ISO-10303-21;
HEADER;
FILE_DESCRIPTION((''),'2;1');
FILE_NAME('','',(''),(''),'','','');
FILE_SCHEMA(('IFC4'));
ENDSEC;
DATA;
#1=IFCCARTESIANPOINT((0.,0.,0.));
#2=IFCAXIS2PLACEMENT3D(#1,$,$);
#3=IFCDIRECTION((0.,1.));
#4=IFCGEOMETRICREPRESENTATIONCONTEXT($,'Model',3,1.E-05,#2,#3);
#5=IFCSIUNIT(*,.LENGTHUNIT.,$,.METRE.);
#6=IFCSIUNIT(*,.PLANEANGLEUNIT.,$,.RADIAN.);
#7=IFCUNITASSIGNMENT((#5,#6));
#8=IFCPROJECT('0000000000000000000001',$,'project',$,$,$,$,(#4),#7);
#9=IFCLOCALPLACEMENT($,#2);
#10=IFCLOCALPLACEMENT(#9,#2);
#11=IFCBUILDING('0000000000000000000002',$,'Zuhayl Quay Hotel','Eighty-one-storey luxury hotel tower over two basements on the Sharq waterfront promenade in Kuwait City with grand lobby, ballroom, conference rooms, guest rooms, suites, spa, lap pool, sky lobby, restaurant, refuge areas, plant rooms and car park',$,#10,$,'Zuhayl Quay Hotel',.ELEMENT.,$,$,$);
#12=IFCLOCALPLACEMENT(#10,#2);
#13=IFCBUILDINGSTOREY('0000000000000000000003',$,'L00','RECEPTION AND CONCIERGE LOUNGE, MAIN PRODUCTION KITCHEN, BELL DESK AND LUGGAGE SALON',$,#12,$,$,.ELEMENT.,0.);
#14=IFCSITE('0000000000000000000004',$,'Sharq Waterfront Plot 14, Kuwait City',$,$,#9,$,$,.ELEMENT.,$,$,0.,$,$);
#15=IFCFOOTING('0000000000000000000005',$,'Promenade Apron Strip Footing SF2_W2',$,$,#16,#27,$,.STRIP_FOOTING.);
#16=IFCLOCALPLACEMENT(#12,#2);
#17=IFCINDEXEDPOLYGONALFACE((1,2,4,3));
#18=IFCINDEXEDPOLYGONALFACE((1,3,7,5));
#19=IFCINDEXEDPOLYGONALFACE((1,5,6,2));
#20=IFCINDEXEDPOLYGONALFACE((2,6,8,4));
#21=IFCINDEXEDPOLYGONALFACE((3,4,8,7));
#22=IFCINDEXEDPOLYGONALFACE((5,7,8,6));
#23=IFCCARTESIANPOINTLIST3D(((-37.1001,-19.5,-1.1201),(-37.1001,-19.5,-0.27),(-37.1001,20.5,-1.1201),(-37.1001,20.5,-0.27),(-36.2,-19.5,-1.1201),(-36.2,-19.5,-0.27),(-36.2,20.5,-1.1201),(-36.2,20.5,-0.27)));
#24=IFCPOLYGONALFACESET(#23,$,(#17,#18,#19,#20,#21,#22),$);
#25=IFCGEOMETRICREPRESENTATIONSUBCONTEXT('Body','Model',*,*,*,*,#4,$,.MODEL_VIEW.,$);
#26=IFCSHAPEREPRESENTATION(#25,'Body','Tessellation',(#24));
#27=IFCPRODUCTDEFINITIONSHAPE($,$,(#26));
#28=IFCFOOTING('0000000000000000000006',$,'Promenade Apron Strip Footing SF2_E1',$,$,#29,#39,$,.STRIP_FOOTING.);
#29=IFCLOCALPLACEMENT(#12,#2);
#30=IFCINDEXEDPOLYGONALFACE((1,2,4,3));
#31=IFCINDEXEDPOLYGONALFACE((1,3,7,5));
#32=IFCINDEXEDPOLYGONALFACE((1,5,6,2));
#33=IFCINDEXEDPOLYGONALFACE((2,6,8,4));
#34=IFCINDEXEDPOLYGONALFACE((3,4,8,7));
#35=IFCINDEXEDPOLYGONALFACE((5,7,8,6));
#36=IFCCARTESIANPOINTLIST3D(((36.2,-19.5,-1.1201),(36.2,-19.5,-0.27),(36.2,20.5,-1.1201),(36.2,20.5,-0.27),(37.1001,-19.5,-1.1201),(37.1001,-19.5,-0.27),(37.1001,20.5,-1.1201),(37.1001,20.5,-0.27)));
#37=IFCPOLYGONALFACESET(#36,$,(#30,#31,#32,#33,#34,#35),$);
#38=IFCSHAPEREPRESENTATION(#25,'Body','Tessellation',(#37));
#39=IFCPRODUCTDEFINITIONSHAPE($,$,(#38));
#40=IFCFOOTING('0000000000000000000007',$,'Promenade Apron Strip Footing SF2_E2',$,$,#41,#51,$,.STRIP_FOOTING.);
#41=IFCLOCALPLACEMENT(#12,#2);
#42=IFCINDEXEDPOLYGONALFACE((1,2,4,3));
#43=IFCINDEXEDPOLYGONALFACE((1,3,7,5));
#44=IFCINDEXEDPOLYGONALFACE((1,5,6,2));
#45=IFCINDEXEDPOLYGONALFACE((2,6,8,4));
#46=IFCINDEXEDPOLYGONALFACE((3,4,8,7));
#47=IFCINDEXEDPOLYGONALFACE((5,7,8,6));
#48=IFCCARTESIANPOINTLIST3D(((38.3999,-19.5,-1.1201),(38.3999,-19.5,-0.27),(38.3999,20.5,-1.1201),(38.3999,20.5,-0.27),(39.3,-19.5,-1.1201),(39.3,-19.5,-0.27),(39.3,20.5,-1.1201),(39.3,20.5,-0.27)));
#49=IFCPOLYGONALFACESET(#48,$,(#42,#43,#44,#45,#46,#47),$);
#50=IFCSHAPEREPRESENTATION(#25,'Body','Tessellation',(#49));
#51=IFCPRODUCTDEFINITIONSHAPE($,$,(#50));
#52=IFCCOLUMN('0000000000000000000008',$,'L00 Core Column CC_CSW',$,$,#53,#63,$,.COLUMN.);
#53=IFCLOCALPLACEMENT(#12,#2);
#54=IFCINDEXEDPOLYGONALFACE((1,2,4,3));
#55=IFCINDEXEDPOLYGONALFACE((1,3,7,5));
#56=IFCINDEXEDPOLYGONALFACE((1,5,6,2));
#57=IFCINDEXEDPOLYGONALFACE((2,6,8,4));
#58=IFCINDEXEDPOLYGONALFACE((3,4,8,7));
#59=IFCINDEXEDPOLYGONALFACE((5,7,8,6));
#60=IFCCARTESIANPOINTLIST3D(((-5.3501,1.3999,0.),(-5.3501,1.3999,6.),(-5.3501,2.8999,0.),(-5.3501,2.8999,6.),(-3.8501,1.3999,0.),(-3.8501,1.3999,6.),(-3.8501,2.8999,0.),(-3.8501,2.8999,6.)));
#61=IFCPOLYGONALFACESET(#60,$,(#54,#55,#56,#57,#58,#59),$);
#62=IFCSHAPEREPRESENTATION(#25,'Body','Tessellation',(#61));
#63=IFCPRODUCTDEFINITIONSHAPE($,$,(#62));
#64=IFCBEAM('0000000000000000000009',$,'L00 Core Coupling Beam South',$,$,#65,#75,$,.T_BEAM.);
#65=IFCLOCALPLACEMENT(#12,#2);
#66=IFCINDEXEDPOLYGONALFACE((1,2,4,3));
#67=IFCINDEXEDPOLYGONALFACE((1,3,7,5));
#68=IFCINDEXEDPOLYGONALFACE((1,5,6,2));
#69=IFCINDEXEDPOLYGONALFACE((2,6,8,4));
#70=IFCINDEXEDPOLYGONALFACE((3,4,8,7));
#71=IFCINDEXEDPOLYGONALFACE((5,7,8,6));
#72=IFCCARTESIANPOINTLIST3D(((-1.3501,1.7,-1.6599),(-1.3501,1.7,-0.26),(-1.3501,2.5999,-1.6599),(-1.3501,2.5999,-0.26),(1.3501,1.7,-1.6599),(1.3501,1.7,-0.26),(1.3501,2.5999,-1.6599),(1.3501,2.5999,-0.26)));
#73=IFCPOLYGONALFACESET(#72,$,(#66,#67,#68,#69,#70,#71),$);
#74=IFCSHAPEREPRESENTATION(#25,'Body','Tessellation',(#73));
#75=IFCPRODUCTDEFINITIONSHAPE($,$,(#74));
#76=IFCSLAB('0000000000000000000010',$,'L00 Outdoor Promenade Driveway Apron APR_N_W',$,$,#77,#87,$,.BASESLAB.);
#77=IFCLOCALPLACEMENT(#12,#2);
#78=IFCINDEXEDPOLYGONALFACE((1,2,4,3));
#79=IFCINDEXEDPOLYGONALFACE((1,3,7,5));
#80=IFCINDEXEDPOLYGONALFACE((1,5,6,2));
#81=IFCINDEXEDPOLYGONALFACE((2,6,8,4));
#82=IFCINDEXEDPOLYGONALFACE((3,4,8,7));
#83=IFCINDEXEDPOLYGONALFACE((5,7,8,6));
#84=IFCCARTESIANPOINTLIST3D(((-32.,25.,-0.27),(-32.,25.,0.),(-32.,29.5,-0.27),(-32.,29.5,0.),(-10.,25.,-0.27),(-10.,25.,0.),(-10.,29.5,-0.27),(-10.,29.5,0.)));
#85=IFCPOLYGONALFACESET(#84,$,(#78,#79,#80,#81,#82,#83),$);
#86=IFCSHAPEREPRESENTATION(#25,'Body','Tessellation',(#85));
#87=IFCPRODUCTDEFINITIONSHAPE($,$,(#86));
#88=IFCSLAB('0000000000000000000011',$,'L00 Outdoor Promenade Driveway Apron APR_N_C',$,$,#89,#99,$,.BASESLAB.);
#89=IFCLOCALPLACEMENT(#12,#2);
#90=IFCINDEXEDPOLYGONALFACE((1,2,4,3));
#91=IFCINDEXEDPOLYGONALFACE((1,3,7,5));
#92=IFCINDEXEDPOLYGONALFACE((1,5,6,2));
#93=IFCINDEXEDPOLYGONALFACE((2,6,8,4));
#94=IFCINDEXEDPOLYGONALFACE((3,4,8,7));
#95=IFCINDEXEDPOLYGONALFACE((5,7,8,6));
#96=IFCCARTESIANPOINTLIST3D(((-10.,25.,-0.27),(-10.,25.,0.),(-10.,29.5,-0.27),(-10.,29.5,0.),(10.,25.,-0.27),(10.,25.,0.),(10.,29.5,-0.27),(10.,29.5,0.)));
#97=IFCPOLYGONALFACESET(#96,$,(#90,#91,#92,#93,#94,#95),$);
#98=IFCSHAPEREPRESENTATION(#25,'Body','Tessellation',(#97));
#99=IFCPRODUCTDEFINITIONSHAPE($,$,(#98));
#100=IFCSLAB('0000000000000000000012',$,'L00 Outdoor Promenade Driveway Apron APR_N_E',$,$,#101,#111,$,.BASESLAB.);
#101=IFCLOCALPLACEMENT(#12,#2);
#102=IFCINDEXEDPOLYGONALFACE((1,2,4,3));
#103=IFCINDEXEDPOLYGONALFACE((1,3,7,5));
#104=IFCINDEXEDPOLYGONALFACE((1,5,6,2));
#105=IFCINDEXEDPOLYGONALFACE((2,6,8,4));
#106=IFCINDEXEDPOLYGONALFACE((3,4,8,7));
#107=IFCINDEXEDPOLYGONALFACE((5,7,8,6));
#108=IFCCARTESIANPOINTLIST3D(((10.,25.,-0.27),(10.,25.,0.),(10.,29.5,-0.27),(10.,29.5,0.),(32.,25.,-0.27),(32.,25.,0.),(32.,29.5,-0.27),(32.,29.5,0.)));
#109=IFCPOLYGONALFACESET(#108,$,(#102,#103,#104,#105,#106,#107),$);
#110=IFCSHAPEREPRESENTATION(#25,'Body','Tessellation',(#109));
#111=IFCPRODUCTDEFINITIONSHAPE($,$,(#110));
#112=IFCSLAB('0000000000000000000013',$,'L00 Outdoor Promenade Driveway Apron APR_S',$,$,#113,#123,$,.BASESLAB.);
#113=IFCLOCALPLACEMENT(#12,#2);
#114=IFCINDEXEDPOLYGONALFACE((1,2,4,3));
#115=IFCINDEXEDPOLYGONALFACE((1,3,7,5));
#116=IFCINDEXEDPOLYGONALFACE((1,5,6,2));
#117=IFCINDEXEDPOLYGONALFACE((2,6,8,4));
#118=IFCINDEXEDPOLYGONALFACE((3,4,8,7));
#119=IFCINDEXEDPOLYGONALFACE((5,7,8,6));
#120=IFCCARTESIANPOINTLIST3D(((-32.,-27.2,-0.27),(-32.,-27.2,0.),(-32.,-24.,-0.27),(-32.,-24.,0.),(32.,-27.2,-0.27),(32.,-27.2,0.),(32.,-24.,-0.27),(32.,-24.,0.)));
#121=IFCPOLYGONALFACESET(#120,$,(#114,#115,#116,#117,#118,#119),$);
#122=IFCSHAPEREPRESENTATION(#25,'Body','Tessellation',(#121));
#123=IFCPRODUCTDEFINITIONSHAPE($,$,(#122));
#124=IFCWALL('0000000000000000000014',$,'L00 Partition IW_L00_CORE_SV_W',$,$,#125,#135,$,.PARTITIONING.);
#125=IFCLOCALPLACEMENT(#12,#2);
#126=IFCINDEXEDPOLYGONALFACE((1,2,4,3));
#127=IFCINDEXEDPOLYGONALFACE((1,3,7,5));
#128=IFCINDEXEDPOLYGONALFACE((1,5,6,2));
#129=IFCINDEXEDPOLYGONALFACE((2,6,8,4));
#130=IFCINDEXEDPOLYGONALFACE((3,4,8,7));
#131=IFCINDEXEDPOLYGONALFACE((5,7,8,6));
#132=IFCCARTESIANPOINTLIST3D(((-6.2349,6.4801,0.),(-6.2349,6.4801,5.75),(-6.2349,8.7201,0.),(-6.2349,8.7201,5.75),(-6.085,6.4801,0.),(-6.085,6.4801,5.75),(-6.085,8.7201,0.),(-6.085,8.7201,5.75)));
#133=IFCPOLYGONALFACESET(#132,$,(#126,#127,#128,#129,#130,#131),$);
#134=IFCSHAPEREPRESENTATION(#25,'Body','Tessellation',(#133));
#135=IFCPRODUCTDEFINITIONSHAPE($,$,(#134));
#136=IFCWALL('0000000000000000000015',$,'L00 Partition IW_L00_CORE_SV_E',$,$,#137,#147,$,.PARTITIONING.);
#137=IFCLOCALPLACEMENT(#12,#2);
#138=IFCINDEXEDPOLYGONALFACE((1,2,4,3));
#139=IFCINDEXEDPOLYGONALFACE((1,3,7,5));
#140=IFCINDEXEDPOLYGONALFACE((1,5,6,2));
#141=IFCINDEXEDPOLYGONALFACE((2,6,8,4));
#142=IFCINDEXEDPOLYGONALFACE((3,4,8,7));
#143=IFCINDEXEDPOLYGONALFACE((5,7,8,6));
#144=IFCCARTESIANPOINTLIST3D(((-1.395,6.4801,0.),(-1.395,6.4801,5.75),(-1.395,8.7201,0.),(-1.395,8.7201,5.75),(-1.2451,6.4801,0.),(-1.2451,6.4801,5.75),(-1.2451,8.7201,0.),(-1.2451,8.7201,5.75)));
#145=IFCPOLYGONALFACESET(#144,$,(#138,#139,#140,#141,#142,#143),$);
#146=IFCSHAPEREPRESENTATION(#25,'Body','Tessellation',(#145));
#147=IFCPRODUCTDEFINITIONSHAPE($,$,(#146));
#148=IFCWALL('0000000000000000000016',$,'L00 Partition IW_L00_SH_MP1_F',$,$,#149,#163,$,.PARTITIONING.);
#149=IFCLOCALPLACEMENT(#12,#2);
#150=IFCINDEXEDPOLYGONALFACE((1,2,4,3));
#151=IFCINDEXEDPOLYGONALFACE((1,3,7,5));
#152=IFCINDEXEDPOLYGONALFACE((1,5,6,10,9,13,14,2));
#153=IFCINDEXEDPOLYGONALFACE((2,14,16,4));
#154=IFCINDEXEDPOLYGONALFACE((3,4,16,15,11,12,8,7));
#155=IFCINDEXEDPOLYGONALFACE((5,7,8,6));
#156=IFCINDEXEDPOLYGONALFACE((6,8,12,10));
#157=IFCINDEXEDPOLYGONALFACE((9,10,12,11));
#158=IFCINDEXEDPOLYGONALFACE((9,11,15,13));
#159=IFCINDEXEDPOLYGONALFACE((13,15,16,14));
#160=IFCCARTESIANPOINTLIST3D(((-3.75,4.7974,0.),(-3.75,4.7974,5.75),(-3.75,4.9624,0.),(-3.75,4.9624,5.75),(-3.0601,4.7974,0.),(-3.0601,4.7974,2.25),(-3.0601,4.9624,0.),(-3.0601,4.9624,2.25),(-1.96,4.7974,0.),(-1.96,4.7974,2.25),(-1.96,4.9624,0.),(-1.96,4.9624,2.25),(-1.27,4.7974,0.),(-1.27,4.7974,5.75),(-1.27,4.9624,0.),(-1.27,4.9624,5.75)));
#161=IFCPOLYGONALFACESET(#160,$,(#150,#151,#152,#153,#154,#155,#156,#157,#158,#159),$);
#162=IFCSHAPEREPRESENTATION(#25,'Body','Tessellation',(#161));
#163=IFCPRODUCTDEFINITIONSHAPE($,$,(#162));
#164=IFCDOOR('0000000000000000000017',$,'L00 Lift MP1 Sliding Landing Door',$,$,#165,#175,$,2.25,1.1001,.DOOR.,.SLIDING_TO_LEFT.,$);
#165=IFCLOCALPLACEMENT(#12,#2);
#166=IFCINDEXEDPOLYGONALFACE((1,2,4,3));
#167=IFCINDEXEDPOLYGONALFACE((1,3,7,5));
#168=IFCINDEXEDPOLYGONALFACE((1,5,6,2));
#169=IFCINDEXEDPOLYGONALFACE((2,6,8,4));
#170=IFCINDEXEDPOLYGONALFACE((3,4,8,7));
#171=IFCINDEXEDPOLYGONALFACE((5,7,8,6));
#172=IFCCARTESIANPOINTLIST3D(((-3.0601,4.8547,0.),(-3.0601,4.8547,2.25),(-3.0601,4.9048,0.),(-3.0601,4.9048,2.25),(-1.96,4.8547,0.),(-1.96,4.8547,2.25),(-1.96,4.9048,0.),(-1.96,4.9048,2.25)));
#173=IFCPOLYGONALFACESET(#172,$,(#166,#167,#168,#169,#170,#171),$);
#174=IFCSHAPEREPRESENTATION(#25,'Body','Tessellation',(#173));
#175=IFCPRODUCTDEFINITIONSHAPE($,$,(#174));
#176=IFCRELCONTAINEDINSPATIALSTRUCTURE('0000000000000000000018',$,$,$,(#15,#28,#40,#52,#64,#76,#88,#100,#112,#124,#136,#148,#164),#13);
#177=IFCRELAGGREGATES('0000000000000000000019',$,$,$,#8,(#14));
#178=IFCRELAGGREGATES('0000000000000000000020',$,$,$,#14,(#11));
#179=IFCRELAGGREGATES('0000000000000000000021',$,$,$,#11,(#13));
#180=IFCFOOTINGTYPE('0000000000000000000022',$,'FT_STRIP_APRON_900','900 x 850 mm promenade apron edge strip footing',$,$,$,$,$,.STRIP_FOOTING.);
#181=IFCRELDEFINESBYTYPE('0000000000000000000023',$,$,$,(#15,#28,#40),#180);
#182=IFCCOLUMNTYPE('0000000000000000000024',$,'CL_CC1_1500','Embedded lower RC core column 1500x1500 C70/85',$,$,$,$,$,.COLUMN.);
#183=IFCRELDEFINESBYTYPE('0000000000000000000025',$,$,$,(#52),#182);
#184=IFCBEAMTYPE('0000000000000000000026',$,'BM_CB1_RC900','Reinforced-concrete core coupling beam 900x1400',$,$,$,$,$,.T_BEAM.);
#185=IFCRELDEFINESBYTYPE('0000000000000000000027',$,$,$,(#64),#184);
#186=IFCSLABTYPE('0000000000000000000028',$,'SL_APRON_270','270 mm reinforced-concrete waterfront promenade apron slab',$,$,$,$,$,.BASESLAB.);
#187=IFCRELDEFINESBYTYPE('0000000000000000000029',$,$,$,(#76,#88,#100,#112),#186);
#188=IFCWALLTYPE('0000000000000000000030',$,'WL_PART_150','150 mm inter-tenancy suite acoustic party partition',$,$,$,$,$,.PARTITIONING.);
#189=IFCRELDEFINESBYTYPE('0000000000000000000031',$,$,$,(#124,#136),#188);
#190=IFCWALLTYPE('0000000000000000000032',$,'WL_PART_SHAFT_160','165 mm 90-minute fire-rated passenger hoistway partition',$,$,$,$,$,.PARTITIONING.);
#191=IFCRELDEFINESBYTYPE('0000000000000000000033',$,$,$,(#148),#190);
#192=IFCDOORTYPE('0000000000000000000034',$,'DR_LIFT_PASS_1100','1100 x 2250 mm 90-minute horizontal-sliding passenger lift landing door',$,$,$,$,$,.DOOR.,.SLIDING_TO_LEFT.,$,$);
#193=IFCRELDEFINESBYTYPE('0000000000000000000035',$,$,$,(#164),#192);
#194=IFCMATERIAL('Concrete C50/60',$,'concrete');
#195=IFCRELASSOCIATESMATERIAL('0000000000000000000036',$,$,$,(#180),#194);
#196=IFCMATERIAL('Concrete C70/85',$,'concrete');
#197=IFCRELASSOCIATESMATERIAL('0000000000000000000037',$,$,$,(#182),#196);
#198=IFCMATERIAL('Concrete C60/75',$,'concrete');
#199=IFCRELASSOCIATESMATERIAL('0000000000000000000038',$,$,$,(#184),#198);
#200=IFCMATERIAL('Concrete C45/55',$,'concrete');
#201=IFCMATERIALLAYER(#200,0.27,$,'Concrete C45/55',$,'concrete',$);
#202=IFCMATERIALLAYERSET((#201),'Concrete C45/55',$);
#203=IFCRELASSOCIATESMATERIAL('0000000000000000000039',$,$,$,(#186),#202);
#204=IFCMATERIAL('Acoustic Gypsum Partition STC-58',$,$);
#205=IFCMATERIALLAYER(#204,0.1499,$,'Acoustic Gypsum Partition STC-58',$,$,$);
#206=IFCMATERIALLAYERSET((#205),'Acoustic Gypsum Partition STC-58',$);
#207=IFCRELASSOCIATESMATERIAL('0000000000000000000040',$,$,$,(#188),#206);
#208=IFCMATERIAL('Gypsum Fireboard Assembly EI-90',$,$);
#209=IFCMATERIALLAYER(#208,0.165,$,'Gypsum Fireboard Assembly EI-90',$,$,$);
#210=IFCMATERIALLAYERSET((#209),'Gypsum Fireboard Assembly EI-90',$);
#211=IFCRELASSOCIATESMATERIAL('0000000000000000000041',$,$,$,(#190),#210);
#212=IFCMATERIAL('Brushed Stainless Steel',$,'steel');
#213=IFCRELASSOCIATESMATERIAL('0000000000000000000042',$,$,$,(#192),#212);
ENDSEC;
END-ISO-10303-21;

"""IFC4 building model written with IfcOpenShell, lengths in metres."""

from ifc_helpers import new_model, si_unit, direction, frame, frame_2d, origin, origin_2d, place, context, subcontext, project, spatial, polyline, rectangle, outline, extrude, material, layer, layer_set, material_profile, profile_set, type_object, element, fill, save


model = new_model("IFC4")

# Units and contexts
model_context = context("Model", 3, precision=1e-05, world=origin(), true_north=direction((0.0, 1.0)))
body_context = subcontext(model_context, "Body", "Model", "MODEL_VIEW")
ifc_project = project(units=[si_unit("LENGTHUNIT", "METRE"), si_unit("PLANEANGLEUNIT", "RADIAN")], contexts=[model_context])

# Site, building, storey
site_placement = place(None, origin())
site = spatial("IfcSite", under=ifc_project, at=site_placement, Name="Sharq Waterfront Plot 14, Kuwait City", CompositionType="ELEMENT", RefElevation=0.0)
building_placement = place(site_placement, origin())
building = spatial("IfcBuilding", under=site, at=building_placement, Name="Zuhayl Quay Hotel", Description="Eighty-one-storey luxury hotel tower over two basements on the Sharq waterfront promenade in Kuwait City with grand lobby, ballroom, conference rooms, guest rooms, suites, spa, lap pool, sky lobby, restaurant, refuge areas, plant rooms and car park", LongName="Zuhayl Quay Hotel", CompositionType="ELEMENT")
storey_placement = place(building_placement, origin())
storey = spatial("IfcBuildingStorey", under=building, at=storey_placement, Name="L00", Description="RECEPTION AND CONCIERGE LOUNGE, MAIN PRODUCTION KITCHEN, BELL DESK AND LUGGAGE SALON", CompositionType="ELEMENT", Elevation=0.0)

# Footings
ifc_material_1 = material(Name="Concrete C50/60", Category="concrete")
footing_type = type_object("IfcFootingType", Name="FT_STRIP_APRON_900", Description="900 x 850 mm promenade apron edge strip footing", PredefinedType="STRIP_FOOTING", material=ifc_material_1)
footing_1_placement = place(storey_placement, frame((0.0, 0.0, -1.1201)))
element("IfcFooting", 1, at=footing_1_placement, inside=storey, type_object=footing_type, Name="Promenade Apron Strip Footing SF2_W2", PredefinedType="STRIP_FOOTING", context=body_context, shape_type="SweptSolid", body=[
    extrude(outline(polyline([(-37.1001, -19.5), (-36.2, -19.5), (-36.2, 20.5), (-37.1001, 20.5), (-37.1001, -19.5)])), origin(), (0.0, 0.0, 1.0), 0.8501),
])
footing_2_placement = place(storey_placement, frame((0.0, 0.0, -1.1201)))
element("IfcFooting", 2, at=footing_2_placement, inside=storey, type_object=footing_type, Name="Promenade Apron Strip Footing SF2_E1", PredefinedType="STRIP_FOOTING", context=body_context, shape_type="SweptSolid", body=[
    extrude(outline(polyline([(36.2, -19.5), (37.1001, -19.5), (37.1001, 20.5), (36.2, 20.5), (36.2, -19.5)])), origin(), (0.0, 0.0, 1.0), 0.8501),
])
footing_3_placement = place(storey_placement, frame((0.0, 0.0, -1.1201)))
element("IfcFooting", 3, at=footing_3_placement, inside=storey, type_object=footing_type, Name="Promenade Apron Strip Footing SF2_E2", PredefinedType="STRIP_FOOTING", context=body_context, shape_type="SweptSolid", body=[
    extrude(outline(polyline([(38.3999, -19.5), (39.3, -19.5), (39.3, 20.5), (38.3999, 20.5), (38.3999, -19.5)])), origin(), (0.0, 0.0, 1.0), 0.8501),
])

# Column
ifc_material_2 = material(Name="Concrete C70/85", Category="concrete")
ifc_material_profile_1 = material_profile(ifc_material_2, rectangle(XDim=1.5, YDim=1.5, at=origin_2d()), Name="RC1500X1500")
ifc_profile_set_1 = profile_set([ifc_material_profile_1], Name="Concrete C70/85")
column_type = type_object("IfcColumnType", Name="CL_CC1_1500", Description="Embedded lower RC core column 1500x1500 C70/85", PredefinedType="COLUMN", material=ifc_profile_set_1)
column_placement = place(storey_placement, frame((-4.6001, 2.1499, 0.0), z_axis=(0.0, 0.0, 1.0), x_axis=(1.0, 0.0, 0.0)))
element("IfcColumn", 4, at=column_placement, inside=storey, type_object=column_type, Name="L00 Core Column CC_CSW", PredefinedType="COLUMN", context=body_context, shape_type="SweptSolid", body=[
    extrude(rectangle(XDim=1.5, YDim=1.5, at=origin_2d()), origin(), (0.0, 0.0, 1.0), 6.0),
])

# Beam
ifc_material_3 = material(Name="Concrete C60/75", Category="concrete")
ifc_material_profile_2 = material_profile(ifc_material_3, rectangle(XDim=0.8999, YDim=1.3999, at=origin_2d()), Name="RC900X1400")
ifc_profile_set_2 = profile_set([ifc_material_profile_2], Name="Concrete C60/75")
beam_type = type_object("IfcBeamType", Name="BM_CB1_RC900", Description="Reinforced-concrete core coupling beam 900x1400", PredefinedType="T_BEAM", material=ifc_profile_set_2)
beam_placement = place(storey_placement, frame((-1.3501, 2.1499, -0.96), z_axis=(1.0, 0.0, 0.0), x_axis=(0.0, 1.0, 0.0)))
element("IfcBeam", 5, at=beam_placement, inside=storey, type_object=beam_type, Name="L00 Core Coupling Beam South", PredefinedType="T_BEAM", context=body_context, shape_type="SweptSolid", body=[
    extrude(rectangle(XDim=0.8999, YDim=1.3999, at=origin_2d()), origin(), (0.0, 0.0, 1.0), 2.7002),
])

# Slabs
ifc_material_4 = material(Name="Concrete C45/55", Category="concrete")
ifc_layer_1 = layer(ifc_material_4, 0.27, Name="Concrete C45/55", Category="concrete")
ifc_layer_set_1 = layer_set([ifc_layer_1], Name="Concrete C45/55")
slab_type = type_object("IfcSlabType", Name="SL_APRON_270", Description="270 mm reinforced-concrete waterfront promenade apron slab", PredefinedType="BASESLAB", material=ifc_layer_set_1)
slab_1_placement = place(storey_placement, frame((0.0, 0.0, -0.27)))
element("IfcSlab", 6, at=slab_1_placement, inside=storey, type_object=slab_type, Name="L00 Outdoor Promenade Driveway Apron APR_N_W", PredefinedType="BASESLAB", context=body_context, shape_type="SweptSolid", body=[
    extrude(outline(polyline([(-32.0, 25.0), (-10.0, 25.0), (-10.0, 29.5), (-32.0, 29.5), (-32.0, 25.0)])), origin(), (0.0, 0.0, 1.0), 0.27),
])
slab_2_placement = place(storey_placement, frame((0.0, 0.0, -0.27)))
element("IfcSlab", 7, at=slab_2_placement, inside=storey, type_object=slab_type, Name="L00 Outdoor Promenade Driveway Apron APR_N_C", PredefinedType="BASESLAB", context=body_context, shape_type="SweptSolid", body=[
    extrude(outline(polyline([(-10.0, 25.0), (10.0, 25.0), (10.0, 29.5), (-10.0, 29.5), (-10.0, 25.0)])), origin(), (0.0, 0.0, 1.0), 0.27),
])
slab_3_placement = place(storey_placement, frame((0.0, 0.0, -0.27)))
element("IfcSlab", 8, at=slab_3_placement, inside=storey, type_object=slab_type, Name="L00 Outdoor Promenade Driveway Apron APR_N_E", PredefinedType="BASESLAB", context=body_context, shape_type="SweptSolid", body=[
    extrude(outline(polyline([(10.0, 25.0), (32.0, 25.0), (32.0, 29.5), (10.0, 29.5), (10.0, 25.0)])), origin(), (0.0, 0.0, 1.0), 0.27),
])
slab_4_placement = place(storey_placement, frame((0.0, 0.0, -0.27)))
element("IfcSlab", 9, at=slab_4_placement, inside=storey, type_object=slab_type, Name="L00 Outdoor Promenade Driveway Apron APR_S", PredefinedType="BASESLAB", context=body_context, shape_type="SweptSolid", body=[
    extrude(outline(polyline([(-32.0, -27.2), (32.0, -27.2), (32.0, -24.0), (-32.0, -24.0), (-32.0, -27.2)])), origin(), (0.0, 0.0, 1.0), 0.27),
])

# Walls
ifc_material_5 = material(Name="Acoustic Gypsum Partition STC-58")
ifc_layer_2 = layer(ifc_material_5, 0.1499, Name="Acoustic Gypsum Partition STC-58")
ifc_layer_set_2 = layer_set([ifc_layer_2], Name="Acoustic Gypsum Partition STC-58")
wall_type_1 = type_object("IfcWallType", Name="WL_PART_150", Description="150 mm inter-tenancy suite acoustic party partition", PredefinedType="PARTITIONING", material=ifc_layer_set_2)
for number, where, z_axis, x_axis, name in (
    (10, (-6.1599, 6.48, 0.0), (0.0, 0.0, 1.0), (0.0, 1.0, 0.0), "L00 Partition IW_L00_CORE_SV_W"),
    (11, (-1.3201, 6.48, 0.0), (0.0, 0.0, 1.0), (0.0, 1.0, 0.0), "L00 Partition IW_L00_CORE_SV_E"),
):
    element("IfcWall", number, at=place(storey_placement, frame(where, z_axis=z_axis, x_axis=x_axis)), inside=storey, type_object=wall_type_1, Name=name, PredefinedType="PARTITIONING", context=body_context, shape_type="SweptSolid", body=[
        extrude(rectangle(XDim=2.24, YDim=0.1499, at=frame_2d((1.1201, 0.0))), origin(), (0.0, 0.0, 1.0), 5.75),
    ])

# Wall, opening, door
ifc_material_6 = material(Name="Gypsum Fireboard Assembly EI-90")
ifc_layer_3 = layer(ifc_material_6, 0.165, Name="Gypsum Fireboard Assembly EI-90")
ifc_layer_set_3 = layer_set([ifc_layer_3], Name="Gypsum Fireboard Assembly EI-90")
wall_type_2 = type_object("IfcWallType", Name="WL_PART_SHAFT_160", Description="165 mm 90-minute fire-rated passenger hoistway partition", PredefinedType="PARTITIONING", material=ifc_layer_set_3)
wall_placement = place(storey_placement, frame((-3.75, 4.8799, 0.0), z_axis=(0.0, 0.0, 1.0), x_axis=(1.0, 0.0, 0.0)))
wall = element("IfcWall", 12, at=wall_placement, inside=storey, type_object=wall_type_2, Name="L00 Partition IW_L00_SH_MP1_F", PredefinedType="PARTITIONING", context=body_context, shape_type="SweptSolid", body=[
    extrude(rectangle(XDim=2.48, YDim=0.165, at=frame_2d((1.24, 0.0))), origin(), (0.0, 0.0, 1.0), 5.75),
])
opening_placement = place(wall_placement, frame((0.6899, 0.0, 0.0)))
opening = element("IfcOpeningElement", 13, at=opening_placement, cuts=wall, PredefinedType="OPENING", context=body_context, shape_type="SweptSolid", body=[
    extrude(rectangle(XDim=1.1001, YDim=2.25, at=frame_2d((0.55, 1.125))), frame((0.0, 0.0925, 0.0), z_axis=(0.0, -1.0, 0.0), x_axis=(1.0, 0.0, 0.0)), (0.0, 0.0, 1.0), 0.1851),
])
ifc_material_7 = material(Name="Brushed Stainless Steel", Category="steel")
door_type = type_object("IfcDoorType", Name="DR_LIFT_PASS_1100", Description="1100 x 2250 mm 90-minute horizontal-sliding passenger lift landing door", OperationType="SLIDING_TO_LEFT", PredefinedType="DOOR", material=ifc_material_7)
door_placement = place(opening_placement, origin())
door = element("IfcDoor", 14, at=door_placement, inside=storey, type_object=door_type, Name="L00 Lift MP1 Sliding Landing Door", OperationType="SLIDING_TO_LEFT", OverallHeight=2.25, OverallWidth=1.1001, PredefinedType="DOOR", context=body_context, shape_type="SweptSolid", body=[
    extrude(rectangle(XDim=1.1001, YDim=2.25, at=frame_2d((0.55, 1.125))), frame((0.0, 0.0249, 0.0), z_axis=(0.0, -1.0, 0.0), x_axis=(1.0, 0.0, 0.0)), (0.0, 0.0, 1.0), 0.05),
])
fill(opening, door)

save(model, "model.ifc")
